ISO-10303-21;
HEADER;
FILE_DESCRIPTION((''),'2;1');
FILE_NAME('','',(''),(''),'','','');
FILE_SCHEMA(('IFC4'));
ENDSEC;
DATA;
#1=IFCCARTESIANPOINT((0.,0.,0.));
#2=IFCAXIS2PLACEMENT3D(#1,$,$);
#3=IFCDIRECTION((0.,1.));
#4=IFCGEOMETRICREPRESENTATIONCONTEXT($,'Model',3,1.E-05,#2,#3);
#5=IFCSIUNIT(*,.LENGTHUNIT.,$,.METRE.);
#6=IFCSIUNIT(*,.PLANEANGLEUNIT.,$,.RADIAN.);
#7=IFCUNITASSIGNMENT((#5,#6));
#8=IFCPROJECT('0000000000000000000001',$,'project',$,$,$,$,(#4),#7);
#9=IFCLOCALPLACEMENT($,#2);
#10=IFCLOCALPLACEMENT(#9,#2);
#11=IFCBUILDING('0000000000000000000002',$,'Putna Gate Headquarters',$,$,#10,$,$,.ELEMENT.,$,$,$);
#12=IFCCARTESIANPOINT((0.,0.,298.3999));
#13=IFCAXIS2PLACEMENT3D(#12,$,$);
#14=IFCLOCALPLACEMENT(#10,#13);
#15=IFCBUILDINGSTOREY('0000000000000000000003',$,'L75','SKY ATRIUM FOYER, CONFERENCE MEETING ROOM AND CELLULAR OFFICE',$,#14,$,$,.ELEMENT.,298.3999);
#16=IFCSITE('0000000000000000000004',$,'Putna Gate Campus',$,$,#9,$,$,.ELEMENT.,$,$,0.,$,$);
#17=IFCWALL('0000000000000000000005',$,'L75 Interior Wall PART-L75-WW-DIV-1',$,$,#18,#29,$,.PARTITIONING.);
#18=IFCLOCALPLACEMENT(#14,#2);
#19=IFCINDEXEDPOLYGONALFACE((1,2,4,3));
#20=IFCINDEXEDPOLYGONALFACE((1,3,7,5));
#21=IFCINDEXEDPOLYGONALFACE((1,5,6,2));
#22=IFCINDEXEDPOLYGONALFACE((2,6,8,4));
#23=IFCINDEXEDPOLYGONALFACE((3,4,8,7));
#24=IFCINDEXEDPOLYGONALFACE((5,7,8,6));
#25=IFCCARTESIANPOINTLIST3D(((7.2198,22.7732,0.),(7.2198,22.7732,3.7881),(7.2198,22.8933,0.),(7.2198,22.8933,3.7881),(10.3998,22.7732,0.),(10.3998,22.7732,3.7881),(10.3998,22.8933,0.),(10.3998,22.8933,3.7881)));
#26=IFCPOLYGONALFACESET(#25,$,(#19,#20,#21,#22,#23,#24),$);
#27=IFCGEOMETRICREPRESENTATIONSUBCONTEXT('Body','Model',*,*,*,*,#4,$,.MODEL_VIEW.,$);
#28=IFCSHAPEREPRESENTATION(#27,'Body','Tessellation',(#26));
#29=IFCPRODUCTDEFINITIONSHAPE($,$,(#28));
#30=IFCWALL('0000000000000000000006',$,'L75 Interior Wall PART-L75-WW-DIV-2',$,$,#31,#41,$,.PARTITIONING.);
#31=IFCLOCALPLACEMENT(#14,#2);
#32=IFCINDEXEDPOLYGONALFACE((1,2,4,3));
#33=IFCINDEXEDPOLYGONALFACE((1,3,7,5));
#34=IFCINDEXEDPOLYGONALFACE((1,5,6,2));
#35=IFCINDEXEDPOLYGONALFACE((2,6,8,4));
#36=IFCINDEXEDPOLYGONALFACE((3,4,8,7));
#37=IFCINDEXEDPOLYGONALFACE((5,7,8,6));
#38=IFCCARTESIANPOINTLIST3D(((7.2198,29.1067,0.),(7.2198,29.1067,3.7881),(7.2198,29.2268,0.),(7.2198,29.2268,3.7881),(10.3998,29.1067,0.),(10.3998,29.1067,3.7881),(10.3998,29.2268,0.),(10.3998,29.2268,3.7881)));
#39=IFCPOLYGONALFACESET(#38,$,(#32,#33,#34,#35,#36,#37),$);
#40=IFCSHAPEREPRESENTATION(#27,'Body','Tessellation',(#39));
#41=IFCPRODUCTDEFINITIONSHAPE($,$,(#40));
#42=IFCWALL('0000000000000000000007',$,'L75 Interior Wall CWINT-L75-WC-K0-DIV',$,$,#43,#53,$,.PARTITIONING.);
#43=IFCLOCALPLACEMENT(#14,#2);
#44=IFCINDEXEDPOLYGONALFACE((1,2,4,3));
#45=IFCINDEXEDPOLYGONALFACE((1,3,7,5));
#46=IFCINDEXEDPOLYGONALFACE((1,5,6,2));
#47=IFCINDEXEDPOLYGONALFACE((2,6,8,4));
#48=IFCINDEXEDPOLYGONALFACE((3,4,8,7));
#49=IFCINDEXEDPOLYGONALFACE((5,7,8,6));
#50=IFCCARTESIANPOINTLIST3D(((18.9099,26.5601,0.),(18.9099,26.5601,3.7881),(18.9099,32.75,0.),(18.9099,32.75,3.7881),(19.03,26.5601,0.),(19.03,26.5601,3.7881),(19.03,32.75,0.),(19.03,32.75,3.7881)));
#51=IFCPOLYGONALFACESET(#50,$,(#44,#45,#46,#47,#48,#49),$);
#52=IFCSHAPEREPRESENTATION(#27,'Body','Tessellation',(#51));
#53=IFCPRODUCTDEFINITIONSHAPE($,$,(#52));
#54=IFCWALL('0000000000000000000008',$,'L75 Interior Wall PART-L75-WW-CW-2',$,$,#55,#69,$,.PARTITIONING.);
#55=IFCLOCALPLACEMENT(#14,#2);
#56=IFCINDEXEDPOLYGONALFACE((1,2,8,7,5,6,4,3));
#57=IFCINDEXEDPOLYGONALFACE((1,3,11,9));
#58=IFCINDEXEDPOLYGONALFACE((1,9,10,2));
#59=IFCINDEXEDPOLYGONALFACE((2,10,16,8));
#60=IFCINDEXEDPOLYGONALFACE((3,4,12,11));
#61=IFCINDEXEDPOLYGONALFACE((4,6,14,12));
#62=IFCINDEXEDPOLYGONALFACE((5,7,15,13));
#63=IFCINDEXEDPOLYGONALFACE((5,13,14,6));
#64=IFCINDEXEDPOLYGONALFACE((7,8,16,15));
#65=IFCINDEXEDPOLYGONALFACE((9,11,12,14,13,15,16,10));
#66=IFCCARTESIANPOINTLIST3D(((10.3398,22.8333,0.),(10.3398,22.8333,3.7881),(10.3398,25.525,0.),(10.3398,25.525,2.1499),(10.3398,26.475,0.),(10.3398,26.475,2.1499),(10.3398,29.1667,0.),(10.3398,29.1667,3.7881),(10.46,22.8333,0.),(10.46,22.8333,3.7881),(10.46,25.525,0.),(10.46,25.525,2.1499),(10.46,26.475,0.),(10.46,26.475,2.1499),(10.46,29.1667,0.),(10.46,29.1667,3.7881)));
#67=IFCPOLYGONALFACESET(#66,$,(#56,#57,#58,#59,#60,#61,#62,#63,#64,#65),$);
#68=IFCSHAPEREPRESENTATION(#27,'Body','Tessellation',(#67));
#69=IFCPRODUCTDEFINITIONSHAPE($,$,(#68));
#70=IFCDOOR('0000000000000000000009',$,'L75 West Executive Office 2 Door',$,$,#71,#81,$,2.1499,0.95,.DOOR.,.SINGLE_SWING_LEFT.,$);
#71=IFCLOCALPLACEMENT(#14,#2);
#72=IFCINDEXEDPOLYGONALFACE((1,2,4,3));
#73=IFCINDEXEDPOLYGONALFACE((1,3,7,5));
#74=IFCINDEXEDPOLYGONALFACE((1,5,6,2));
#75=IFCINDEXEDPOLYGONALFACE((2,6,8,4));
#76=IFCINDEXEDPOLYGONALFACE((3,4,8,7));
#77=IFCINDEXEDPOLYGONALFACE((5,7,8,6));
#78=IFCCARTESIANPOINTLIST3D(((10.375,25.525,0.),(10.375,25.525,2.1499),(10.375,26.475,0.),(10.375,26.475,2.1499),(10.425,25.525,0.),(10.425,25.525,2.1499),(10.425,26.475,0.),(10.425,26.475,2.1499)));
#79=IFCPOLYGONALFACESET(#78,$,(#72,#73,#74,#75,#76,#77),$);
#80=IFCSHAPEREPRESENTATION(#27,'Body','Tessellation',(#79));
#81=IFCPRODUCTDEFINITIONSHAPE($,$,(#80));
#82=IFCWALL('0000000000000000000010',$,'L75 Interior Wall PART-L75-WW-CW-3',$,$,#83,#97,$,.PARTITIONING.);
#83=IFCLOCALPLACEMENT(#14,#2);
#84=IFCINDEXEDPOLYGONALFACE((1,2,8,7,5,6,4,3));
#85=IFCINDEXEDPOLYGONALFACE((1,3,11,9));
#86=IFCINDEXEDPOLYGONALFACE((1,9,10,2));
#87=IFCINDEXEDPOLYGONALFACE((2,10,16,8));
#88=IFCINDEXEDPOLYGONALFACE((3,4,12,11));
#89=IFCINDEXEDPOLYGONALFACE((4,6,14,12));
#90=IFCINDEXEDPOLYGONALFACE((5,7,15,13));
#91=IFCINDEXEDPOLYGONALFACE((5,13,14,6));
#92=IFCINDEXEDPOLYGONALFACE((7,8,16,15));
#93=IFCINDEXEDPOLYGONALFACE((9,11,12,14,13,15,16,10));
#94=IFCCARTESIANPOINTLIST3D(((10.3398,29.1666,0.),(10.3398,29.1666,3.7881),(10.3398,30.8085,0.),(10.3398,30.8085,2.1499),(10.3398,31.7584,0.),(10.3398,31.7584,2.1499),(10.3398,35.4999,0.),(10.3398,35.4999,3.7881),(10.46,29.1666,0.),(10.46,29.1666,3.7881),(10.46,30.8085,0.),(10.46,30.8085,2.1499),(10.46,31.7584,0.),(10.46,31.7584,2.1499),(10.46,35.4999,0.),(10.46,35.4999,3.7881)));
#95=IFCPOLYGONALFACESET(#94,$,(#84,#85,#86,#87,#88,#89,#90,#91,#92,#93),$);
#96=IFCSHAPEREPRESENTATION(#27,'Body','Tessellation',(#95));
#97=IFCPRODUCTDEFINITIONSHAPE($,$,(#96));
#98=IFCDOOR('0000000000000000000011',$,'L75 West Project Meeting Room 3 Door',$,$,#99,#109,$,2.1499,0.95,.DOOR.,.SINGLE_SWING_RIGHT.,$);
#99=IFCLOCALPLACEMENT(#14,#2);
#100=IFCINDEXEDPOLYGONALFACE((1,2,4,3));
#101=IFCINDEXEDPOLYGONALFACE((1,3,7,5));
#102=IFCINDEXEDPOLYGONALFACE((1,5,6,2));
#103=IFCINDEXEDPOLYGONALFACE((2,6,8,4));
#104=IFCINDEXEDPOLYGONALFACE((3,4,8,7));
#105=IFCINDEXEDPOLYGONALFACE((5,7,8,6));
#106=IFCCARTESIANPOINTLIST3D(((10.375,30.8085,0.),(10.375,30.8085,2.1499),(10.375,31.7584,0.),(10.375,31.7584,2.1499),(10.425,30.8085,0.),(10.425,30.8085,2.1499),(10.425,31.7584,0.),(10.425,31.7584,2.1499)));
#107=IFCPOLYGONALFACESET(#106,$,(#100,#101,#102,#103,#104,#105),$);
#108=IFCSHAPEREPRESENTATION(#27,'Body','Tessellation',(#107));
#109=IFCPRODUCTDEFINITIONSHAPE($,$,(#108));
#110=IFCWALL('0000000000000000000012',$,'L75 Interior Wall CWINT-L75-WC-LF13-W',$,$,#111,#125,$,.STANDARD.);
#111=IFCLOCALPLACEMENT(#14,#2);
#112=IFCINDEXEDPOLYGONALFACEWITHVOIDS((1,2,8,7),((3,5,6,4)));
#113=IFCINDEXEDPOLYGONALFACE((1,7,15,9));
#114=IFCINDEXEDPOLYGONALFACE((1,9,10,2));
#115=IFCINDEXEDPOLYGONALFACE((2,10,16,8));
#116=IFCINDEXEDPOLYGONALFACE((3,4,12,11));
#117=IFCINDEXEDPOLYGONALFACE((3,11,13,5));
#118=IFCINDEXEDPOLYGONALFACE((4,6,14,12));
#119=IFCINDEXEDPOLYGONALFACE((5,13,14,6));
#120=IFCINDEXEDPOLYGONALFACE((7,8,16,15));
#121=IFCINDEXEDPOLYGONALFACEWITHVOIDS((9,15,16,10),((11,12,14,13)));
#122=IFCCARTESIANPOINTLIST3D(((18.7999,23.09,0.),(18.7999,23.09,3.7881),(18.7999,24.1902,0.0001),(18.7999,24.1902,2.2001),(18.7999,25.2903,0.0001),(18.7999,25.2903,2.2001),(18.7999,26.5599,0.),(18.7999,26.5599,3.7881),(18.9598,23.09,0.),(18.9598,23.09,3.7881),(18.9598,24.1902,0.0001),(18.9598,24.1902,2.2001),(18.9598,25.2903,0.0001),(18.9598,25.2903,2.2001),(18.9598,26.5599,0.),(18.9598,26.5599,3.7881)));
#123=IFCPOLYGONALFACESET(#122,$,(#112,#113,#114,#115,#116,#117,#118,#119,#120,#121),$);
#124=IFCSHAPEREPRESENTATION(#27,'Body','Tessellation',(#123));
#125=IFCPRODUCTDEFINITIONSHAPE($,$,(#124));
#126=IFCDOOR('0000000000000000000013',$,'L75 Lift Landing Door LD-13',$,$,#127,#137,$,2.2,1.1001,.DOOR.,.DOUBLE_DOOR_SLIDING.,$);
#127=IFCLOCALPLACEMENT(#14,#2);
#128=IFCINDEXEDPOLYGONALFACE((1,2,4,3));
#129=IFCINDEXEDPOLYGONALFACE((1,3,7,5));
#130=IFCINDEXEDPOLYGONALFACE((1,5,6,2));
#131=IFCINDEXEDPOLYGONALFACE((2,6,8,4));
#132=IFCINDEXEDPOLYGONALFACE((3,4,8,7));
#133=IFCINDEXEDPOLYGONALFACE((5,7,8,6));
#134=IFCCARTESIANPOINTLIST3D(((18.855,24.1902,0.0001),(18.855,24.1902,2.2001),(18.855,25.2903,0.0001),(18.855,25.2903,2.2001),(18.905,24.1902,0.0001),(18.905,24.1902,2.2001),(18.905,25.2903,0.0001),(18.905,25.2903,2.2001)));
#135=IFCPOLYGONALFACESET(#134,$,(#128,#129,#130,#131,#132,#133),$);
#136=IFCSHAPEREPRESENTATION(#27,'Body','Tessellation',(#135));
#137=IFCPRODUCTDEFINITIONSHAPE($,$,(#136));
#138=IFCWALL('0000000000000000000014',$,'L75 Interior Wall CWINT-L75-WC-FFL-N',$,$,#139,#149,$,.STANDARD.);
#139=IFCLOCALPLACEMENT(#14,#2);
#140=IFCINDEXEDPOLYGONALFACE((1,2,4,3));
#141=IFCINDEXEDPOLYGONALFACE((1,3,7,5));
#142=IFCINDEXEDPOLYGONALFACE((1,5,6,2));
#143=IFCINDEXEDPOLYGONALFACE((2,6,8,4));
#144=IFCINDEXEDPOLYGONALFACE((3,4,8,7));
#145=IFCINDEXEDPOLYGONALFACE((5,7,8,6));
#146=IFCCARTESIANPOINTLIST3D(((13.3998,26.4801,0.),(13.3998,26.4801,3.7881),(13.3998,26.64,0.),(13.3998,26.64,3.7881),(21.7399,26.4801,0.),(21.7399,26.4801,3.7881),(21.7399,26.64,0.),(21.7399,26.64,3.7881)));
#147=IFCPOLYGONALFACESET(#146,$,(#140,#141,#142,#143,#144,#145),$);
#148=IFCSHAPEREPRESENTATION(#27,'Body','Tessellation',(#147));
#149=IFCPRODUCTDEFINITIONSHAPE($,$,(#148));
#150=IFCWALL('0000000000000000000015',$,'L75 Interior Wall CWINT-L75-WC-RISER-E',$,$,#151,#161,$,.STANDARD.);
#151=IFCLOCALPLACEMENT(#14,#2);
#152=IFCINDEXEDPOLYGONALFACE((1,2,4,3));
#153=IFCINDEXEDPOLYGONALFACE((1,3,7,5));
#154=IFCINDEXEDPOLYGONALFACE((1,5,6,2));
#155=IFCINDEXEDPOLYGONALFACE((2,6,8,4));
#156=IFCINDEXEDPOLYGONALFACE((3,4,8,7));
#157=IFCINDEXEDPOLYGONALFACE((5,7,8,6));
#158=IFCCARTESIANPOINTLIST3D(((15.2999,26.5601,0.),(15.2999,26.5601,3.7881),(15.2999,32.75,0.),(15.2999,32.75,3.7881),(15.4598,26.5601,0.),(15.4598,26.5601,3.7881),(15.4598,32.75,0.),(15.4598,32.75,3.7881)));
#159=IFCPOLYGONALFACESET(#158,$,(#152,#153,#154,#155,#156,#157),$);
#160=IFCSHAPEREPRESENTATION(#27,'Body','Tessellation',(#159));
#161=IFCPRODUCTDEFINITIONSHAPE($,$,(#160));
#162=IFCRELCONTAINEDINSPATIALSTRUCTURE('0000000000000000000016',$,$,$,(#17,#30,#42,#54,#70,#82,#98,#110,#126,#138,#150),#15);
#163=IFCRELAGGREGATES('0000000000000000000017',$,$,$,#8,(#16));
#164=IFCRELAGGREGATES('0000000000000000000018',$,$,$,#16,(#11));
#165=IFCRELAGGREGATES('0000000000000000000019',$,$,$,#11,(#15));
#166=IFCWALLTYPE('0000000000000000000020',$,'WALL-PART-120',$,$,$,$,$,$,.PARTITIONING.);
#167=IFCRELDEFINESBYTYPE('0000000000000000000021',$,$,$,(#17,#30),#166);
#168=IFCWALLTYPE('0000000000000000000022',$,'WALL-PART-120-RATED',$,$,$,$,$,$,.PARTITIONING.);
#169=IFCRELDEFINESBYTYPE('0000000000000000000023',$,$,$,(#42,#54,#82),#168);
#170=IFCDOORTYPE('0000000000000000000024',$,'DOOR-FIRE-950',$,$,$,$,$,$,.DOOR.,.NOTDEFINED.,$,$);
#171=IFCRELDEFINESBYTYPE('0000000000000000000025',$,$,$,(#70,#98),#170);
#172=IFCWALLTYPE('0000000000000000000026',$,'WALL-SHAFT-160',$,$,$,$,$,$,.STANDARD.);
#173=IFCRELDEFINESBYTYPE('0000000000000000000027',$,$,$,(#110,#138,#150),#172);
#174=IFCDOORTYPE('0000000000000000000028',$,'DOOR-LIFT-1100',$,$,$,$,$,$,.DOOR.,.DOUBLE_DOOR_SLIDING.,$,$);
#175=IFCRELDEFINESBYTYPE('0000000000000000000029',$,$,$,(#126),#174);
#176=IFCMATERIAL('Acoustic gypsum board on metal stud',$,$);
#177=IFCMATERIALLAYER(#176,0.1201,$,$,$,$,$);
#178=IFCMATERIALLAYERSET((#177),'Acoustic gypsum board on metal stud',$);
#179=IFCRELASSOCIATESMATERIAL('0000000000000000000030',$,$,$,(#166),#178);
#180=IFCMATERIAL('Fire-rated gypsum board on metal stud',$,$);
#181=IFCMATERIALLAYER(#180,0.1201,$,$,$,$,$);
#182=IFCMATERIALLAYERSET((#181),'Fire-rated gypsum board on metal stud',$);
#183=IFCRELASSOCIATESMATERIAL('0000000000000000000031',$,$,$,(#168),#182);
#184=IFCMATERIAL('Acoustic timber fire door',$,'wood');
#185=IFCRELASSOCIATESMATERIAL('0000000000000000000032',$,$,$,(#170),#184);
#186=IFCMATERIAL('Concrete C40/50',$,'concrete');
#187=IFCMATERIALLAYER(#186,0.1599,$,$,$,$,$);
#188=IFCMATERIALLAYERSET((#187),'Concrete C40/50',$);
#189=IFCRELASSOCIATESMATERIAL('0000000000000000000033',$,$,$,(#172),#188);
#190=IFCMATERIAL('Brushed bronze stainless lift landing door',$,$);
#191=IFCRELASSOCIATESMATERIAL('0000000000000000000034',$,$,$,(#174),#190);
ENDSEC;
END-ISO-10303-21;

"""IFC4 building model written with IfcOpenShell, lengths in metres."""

from ifc_helpers import new_model, si_unit, direction, frame, frame_2d, origin, place, context, subcontext, project, spatial, rectangle, extrude, material, layer, layer_set, type_object, element, fill, save


model = new_model("IFC4")

# Units and contexts
model_context = context("Model", 3, precision=1e-05, world=origin(), true_north=direction((0.0, 1.0)))
body_context = subcontext(model_context, "Body", "Model", "MODEL_VIEW")
ifc_project = project(units=[si_unit("LENGTHUNIT", "METRE"), si_unit("PLANEANGLEUNIT", "RADIAN")], contexts=[model_context])

# Site, building, storey
site_placement = place(None, origin())
site = spatial("IfcSite", under=ifc_project, at=site_placement, Name="Putna Gate Campus", CompositionType="ELEMENT", RefElevation=0.0)
building_placement = place(site_placement, origin())
building = spatial("IfcBuilding", under=site, at=building_placement, Name="Putna Gate Headquarters", CompositionType="ELEMENT")
storey_placement = place(building_placement, frame((0.0, 0.0, 298.3999)))
storey = spatial("IfcBuildingStorey", under=building, at=storey_placement, Name="L75", Description="SKY ATRIUM FOYER, CONFERENCE MEETING ROOM AND CELLULAR OFFICE", CompositionType="ELEMENT", Elevation=298.3999)

# Walls
ifc_material_1 = material(Name="Acoustic gypsum board on metal stud")
ifc_layer_1 = layer(ifc_material_1, 0.1201)
ifc_layer_set_1 = layer_set([ifc_layer_1], Name="Acoustic gypsum board on metal stud")
wall_type_1 = type_object("IfcWallType", Name="WALL-PART-120", PredefinedType="PARTITIONING", material=ifc_layer_set_1)
for number, where, z_axis, x_axis, name in (
    (1, (7.22, 22.8333, 0.0), (0.0, 0.0, 1.0), (1.0, 0.0, 0.0), "L75 Interior Wall PART-L75-WW-DIV-1"),
    (2, (7.22, 29.1667, 0.0), (0.0, 0.0, 1.0), (1.0, 0.0, 0.0), "L75 Interior Wall PART-L75-WW-DIV-2"),
):
    element("IfcWall", number, at=place(storey_placement, frame(where, z_axis=z_axis, x_axis=x_axis)), inside=storey, type_object=wall_type_1, Name=name, PredefinedType="PARTITIONING", context=body_context, shape_type="SweptSolid", body=[
        extrude(rectangle(XDim=3.1799, YDim=0.1201, at=frame_2d((1.5898, 0.0))), origin(), (0.0, 0.0, 1.0), 3.7881),
    ])
ifc_material_2 = material(Name="Fire-rated gypsum board on metal stud")
ifc_layer_2 = layer(ifc_material_2, 0.1201)
ifc_layer_set_2 = layer_set([ifc_layer_2], Name="Fire-rated gypsum board on metal stud")
wall_type_2 = type_object("IfcWallType", Name="WALL-PART-120-RATED", PredefinedType="PARTITIONING", material=ifc_layer_set_2)
wall_1_placement = place(storey_placement, frame((18.97, 26.5601, 0.0), z_axis=(0.0, 0.0, 1.0), x_axis=(0.0, 1.0, 0.0)))
element("IfcWall", 3, at=wall_1_placement, inside=storey, type_object=wall_type_2, Name="L75 Interior Wall CWINT-L75-WC-K0-DIV", PredefinedType="PARTITIONING", context=body_context, shape_type="SweptSolid", body=[
    extrude(rectangle(XDim=6.1899, YDim=0.1201, at=frame_2d((3.095, 0.0))), origin(), (0.0, 0.0, 1.0), 3.7881),
])

# Walls, openings, doors
wall_2_placement = place(storey_placement, frame((10.3999, 22.8333, 0.0), z_axis=(0.0, 0.0, 1.0), x_axis=(0.0, 1.0, 0.0)))
wall_2 = element("IfcWall", 4, at=wall_2_placement, inside=storey, type_object=wall_type_2, Name="L75 Interior Wall PART-L75-WW-CW-2", PredefinedType="PARTITIONING", context=body_context, shape_type="SweptSolid", body=[
    extrude(rectangle(XDim=6.3335, YDim=0.1201, at=frame_2d((3.1667, 0.0))), origin(), (0.0, 0.0, 1.0), 3.7881),
])
opening_1_placement = place(wall_2_placement, frame((2.6917, 0.0, 0.0)))
opening_1 = element("IfcOpeningElement", 5, at=opening_1_placement, cuts=wall_2, PredefinedType="OPENING", context=body_context, shape_type="SweptSolid", body=[
    extrude(rectangle(XDim=0.95, YDim=2.1499, at=frame_2d((0.4751, 1.075))), frame((0.0, 0.0701, 0.0), z_axis=(0.0, -1.0, 0.0), x_axis=(1.0, 0.0, 0.0)), (0.0, 0.0, 1.0), 0.1401),
])
ifc_material_3 = material(Name="Acoustic timber fire door", Category="wood")
door_type_1 = type_object("IfcDoorType", Name="DOOR-FIRE-950", OperationType="NOTDEFINED", PredefinedType="DOOR", material=ifc_material_3)
door_1_placement = place(opening_1_placement, origin())
door_1 = element("IfcDoor", 6, at=door_1_placement, inside=storey, type_object=door_type_1, Name="L75 West Executive Office 2 Door", OperationType="SINGLE_SWING_LEFT", OverallHeight=2.1499, OverallWidth=0.95, PredefinedType="DOOR", context=body_context, shape_type="SweptSolid", body=[
    extrude(rectangle(XDim=0.95, YDim=2.1499, at=frame_2d((0.4751, 1.075))), frame((0.0, 0.0249, 0.0), z_axis=(0.0, -1.0, 0.0), x_axis=(1.0, 0.0, 0.0)), (0.0, 0.0, 1.0), 0.05),
])
fill(opening_1, door_1)
wall_3_placement = place(storey_placement, frame((10.3999, 29.1667, 0.0), z_axis=(0.0, 0.0, 1.0), x_axis=(0.0, 1.0, 0.0)))
wall_3 = element("IfcWall", 7, at=wall_3_placement, inside=storey, type_object=wall_type_2, Name="L75 Interior Wall PART-L75-WW-CW-3", PredefinedType="PARTITIONING", context=body_context, shape_type="SweptSolid", body=[
    extrude(rectangle(XDim=6.3333, YDim=0.1201, at=frame_2d((3.1665, 0.0))), origin(), (0.0, 0.0, 1.0), 3.7881),
])
opening_2_placement = place(wall_3_placement, frame((1.6416, 0.0, 0.0)))
opening_2 = element("IfcOpeningElement", 8, at=opening_2_placement, cuts=wall_3, PredefinedType="OPENING", context=body_context, shape_type="SweptSolid", body=[
    extrude(rectangle(XDim=0.95, YDim=2.1499, at=frame_2d((0.4751, 1.075))), frame((0.0, 0.0701, 0.0), z_axis=(0.0, -1.0, 0.0), x_axis=(1.0, 0.0, 0.0)), (0.0, 0.0, 1.0), 0.1401),
])
door_2_placement = place(opening_2_placement, origin())
door_2 = element("IfcDoor", 9, at=door_2_placement, inside=storey, type_object=door_type_1, Name="L75 West Project Meeting Room 3 Door", OperationType="SINGLE_SWING_RIGHT", OverallHeight=2.1499, OverallWidth=0.95, PredefinedType="DOOR", context=body_context, shape_type="SweptSolid", body=[
    extrude(rectangle(XDim=0.95, YDim=2.1499, at=frame_2d((0.4751, 1.075))), frame((0.0, 0.0249, 0.0), z_axis=(0.0, -1.0, 0.0), x_axis=(1.0, 0.0, 0.0)), (0.0, 0.0, 1.0), 0.05),
])
fill(opening_2, door_2)
ifc_material_4 = material(Name="Concrete C40/50", Category="concrete")
ifc_layer_3 = layer(ifc_material_4, 0.1599)
ifc_layer_set_3 = layer_set([ifc_layer_3], Name="Concrete C40/50")
wall_type_3 = type_object("IfcWallType", Name="WALL-SHAFT-160", PredefinedType="STANDARD", material=ifc_layer_set_3)
wall_4_placement = place(storey_placement, frame((18.8799, 23.0901, 0.0), z_axis=(0.0, 0.0, 1.0), x_axis=(0.0, 1.0, 0.0)))
wall_4 = element("IfcWall", 10, at=wall_4_placement, inside=storey, type_object=wall_type_3, Name="L75 Interior Wall CWINT-L75-WC-LF13-W", PredefinedType="STANDARD", context=body_context, shape_type="SweptSolid", body=[
    extrude(rectangle(XDim=3.47, YDim=0.1599, at=frame_2d((1.7349, 0.0))), origin(), (0.0, 0.0, 1.0), 3.7881),
])
opening_3_placement = place(wall_4_placement, frame((1.1001, 0.0, 0.0)))
opening_3 = element("IfcOpeningElement", 11, at=opening_3_placement, cuts=wall_4, PredefinedType="OPENING", context=body_context, shape_type="SweptSolid", body=[
    extrude(rectangle(XDim=1.1001, YDim=2.2, at=frame_2d((0.55, 1.1001))), frame((0.0, 0.0898, 0.0), z_axis=(0.0, -1.0, 0.0), x_axis=(1.0, 0.0, 0.0)), (0.0, 0.0, 1.0), 0.1799),
])
ifc_material_5 = material(Name="Brushed bronze stainless lift landing door")
door_type_2 = type_object("IfcDoorType", Name="DOOR-LIFT-1100", OperationType="DOUBLE_DOOR_SLIDING", PredefinedType="DOOR", material=ifc_material_5)
door_3_placement = place(opening_3_placement, origin())
door_3 = element("IfcDoor", 12, at=door_3_placement, inside=storey, type_object=door_type_2, Name="L75 Lift Landing Door LD-13", OperationType="DOUBLE_DOOR_SLIDING", OverallHeight=2.2, OverallWidth=1.1001, PredefinedType="DOOR", context=body_context, shape_type="SweptSolid", body=[
    extrude(rectangle(XDim=1.1001, YDim=2.2, at=frame_2d((0.55, 1.1001))), frame((0.0, 0.0249, 0.0), z_axis=(0.0, -1.0, 0.0), x_axis=(1.0, 0.0, 0.0)), (0.0, 0.0, 1.0), 0.05),
])
fill(opening_3, door_3)

# Walls
wall_5_placement = place(storey_placement, frame((13.3999, 26.5601, 0.0), z_axis=(0.0, 0.0, 1.0), x_axis=(1.0, 0.0, 0.0)))
element("IfcWall", 13, at=wall_5_placement, inside=storey, type_object=wall_type_3, Name="L75 Interior Wall CWINT-L75-WC-FFL-N", PredefinedType="STANDARD", context=body_context, shape_type="SweptSolid", body=[
    extrude(rectangle(XDim=8.3401, YDim=0.1599, at=frame_2d((4.1699, 0.0))), origin(), (0.0, 0.0, 1.0), 3.7881),
])
wall_6_placement = place(storey_placement, frame((15.3799, 26.5601, 0.0), z_axis=(0.0, 0.0, 1.0), x_axis=(0.0, 1.0, 0.0)))
element("IfcWall", 14, at=wall_6_placement, inside=storey, type_object=wall_type_3, Name="L75 Interior Wall CWINT-L75-WC-RISER-E", PredefinedType="STANDARD", context=body_context, shape_type="SweptSolid", body=[
    extrude(rectangle(XDim=6.1899, YDim=0.1599, at=frame_2d((3.095, 0.0))), origin(), (0.0, 0.0, 1.0), 3.7881),
])

save(model, "model.ifc")
